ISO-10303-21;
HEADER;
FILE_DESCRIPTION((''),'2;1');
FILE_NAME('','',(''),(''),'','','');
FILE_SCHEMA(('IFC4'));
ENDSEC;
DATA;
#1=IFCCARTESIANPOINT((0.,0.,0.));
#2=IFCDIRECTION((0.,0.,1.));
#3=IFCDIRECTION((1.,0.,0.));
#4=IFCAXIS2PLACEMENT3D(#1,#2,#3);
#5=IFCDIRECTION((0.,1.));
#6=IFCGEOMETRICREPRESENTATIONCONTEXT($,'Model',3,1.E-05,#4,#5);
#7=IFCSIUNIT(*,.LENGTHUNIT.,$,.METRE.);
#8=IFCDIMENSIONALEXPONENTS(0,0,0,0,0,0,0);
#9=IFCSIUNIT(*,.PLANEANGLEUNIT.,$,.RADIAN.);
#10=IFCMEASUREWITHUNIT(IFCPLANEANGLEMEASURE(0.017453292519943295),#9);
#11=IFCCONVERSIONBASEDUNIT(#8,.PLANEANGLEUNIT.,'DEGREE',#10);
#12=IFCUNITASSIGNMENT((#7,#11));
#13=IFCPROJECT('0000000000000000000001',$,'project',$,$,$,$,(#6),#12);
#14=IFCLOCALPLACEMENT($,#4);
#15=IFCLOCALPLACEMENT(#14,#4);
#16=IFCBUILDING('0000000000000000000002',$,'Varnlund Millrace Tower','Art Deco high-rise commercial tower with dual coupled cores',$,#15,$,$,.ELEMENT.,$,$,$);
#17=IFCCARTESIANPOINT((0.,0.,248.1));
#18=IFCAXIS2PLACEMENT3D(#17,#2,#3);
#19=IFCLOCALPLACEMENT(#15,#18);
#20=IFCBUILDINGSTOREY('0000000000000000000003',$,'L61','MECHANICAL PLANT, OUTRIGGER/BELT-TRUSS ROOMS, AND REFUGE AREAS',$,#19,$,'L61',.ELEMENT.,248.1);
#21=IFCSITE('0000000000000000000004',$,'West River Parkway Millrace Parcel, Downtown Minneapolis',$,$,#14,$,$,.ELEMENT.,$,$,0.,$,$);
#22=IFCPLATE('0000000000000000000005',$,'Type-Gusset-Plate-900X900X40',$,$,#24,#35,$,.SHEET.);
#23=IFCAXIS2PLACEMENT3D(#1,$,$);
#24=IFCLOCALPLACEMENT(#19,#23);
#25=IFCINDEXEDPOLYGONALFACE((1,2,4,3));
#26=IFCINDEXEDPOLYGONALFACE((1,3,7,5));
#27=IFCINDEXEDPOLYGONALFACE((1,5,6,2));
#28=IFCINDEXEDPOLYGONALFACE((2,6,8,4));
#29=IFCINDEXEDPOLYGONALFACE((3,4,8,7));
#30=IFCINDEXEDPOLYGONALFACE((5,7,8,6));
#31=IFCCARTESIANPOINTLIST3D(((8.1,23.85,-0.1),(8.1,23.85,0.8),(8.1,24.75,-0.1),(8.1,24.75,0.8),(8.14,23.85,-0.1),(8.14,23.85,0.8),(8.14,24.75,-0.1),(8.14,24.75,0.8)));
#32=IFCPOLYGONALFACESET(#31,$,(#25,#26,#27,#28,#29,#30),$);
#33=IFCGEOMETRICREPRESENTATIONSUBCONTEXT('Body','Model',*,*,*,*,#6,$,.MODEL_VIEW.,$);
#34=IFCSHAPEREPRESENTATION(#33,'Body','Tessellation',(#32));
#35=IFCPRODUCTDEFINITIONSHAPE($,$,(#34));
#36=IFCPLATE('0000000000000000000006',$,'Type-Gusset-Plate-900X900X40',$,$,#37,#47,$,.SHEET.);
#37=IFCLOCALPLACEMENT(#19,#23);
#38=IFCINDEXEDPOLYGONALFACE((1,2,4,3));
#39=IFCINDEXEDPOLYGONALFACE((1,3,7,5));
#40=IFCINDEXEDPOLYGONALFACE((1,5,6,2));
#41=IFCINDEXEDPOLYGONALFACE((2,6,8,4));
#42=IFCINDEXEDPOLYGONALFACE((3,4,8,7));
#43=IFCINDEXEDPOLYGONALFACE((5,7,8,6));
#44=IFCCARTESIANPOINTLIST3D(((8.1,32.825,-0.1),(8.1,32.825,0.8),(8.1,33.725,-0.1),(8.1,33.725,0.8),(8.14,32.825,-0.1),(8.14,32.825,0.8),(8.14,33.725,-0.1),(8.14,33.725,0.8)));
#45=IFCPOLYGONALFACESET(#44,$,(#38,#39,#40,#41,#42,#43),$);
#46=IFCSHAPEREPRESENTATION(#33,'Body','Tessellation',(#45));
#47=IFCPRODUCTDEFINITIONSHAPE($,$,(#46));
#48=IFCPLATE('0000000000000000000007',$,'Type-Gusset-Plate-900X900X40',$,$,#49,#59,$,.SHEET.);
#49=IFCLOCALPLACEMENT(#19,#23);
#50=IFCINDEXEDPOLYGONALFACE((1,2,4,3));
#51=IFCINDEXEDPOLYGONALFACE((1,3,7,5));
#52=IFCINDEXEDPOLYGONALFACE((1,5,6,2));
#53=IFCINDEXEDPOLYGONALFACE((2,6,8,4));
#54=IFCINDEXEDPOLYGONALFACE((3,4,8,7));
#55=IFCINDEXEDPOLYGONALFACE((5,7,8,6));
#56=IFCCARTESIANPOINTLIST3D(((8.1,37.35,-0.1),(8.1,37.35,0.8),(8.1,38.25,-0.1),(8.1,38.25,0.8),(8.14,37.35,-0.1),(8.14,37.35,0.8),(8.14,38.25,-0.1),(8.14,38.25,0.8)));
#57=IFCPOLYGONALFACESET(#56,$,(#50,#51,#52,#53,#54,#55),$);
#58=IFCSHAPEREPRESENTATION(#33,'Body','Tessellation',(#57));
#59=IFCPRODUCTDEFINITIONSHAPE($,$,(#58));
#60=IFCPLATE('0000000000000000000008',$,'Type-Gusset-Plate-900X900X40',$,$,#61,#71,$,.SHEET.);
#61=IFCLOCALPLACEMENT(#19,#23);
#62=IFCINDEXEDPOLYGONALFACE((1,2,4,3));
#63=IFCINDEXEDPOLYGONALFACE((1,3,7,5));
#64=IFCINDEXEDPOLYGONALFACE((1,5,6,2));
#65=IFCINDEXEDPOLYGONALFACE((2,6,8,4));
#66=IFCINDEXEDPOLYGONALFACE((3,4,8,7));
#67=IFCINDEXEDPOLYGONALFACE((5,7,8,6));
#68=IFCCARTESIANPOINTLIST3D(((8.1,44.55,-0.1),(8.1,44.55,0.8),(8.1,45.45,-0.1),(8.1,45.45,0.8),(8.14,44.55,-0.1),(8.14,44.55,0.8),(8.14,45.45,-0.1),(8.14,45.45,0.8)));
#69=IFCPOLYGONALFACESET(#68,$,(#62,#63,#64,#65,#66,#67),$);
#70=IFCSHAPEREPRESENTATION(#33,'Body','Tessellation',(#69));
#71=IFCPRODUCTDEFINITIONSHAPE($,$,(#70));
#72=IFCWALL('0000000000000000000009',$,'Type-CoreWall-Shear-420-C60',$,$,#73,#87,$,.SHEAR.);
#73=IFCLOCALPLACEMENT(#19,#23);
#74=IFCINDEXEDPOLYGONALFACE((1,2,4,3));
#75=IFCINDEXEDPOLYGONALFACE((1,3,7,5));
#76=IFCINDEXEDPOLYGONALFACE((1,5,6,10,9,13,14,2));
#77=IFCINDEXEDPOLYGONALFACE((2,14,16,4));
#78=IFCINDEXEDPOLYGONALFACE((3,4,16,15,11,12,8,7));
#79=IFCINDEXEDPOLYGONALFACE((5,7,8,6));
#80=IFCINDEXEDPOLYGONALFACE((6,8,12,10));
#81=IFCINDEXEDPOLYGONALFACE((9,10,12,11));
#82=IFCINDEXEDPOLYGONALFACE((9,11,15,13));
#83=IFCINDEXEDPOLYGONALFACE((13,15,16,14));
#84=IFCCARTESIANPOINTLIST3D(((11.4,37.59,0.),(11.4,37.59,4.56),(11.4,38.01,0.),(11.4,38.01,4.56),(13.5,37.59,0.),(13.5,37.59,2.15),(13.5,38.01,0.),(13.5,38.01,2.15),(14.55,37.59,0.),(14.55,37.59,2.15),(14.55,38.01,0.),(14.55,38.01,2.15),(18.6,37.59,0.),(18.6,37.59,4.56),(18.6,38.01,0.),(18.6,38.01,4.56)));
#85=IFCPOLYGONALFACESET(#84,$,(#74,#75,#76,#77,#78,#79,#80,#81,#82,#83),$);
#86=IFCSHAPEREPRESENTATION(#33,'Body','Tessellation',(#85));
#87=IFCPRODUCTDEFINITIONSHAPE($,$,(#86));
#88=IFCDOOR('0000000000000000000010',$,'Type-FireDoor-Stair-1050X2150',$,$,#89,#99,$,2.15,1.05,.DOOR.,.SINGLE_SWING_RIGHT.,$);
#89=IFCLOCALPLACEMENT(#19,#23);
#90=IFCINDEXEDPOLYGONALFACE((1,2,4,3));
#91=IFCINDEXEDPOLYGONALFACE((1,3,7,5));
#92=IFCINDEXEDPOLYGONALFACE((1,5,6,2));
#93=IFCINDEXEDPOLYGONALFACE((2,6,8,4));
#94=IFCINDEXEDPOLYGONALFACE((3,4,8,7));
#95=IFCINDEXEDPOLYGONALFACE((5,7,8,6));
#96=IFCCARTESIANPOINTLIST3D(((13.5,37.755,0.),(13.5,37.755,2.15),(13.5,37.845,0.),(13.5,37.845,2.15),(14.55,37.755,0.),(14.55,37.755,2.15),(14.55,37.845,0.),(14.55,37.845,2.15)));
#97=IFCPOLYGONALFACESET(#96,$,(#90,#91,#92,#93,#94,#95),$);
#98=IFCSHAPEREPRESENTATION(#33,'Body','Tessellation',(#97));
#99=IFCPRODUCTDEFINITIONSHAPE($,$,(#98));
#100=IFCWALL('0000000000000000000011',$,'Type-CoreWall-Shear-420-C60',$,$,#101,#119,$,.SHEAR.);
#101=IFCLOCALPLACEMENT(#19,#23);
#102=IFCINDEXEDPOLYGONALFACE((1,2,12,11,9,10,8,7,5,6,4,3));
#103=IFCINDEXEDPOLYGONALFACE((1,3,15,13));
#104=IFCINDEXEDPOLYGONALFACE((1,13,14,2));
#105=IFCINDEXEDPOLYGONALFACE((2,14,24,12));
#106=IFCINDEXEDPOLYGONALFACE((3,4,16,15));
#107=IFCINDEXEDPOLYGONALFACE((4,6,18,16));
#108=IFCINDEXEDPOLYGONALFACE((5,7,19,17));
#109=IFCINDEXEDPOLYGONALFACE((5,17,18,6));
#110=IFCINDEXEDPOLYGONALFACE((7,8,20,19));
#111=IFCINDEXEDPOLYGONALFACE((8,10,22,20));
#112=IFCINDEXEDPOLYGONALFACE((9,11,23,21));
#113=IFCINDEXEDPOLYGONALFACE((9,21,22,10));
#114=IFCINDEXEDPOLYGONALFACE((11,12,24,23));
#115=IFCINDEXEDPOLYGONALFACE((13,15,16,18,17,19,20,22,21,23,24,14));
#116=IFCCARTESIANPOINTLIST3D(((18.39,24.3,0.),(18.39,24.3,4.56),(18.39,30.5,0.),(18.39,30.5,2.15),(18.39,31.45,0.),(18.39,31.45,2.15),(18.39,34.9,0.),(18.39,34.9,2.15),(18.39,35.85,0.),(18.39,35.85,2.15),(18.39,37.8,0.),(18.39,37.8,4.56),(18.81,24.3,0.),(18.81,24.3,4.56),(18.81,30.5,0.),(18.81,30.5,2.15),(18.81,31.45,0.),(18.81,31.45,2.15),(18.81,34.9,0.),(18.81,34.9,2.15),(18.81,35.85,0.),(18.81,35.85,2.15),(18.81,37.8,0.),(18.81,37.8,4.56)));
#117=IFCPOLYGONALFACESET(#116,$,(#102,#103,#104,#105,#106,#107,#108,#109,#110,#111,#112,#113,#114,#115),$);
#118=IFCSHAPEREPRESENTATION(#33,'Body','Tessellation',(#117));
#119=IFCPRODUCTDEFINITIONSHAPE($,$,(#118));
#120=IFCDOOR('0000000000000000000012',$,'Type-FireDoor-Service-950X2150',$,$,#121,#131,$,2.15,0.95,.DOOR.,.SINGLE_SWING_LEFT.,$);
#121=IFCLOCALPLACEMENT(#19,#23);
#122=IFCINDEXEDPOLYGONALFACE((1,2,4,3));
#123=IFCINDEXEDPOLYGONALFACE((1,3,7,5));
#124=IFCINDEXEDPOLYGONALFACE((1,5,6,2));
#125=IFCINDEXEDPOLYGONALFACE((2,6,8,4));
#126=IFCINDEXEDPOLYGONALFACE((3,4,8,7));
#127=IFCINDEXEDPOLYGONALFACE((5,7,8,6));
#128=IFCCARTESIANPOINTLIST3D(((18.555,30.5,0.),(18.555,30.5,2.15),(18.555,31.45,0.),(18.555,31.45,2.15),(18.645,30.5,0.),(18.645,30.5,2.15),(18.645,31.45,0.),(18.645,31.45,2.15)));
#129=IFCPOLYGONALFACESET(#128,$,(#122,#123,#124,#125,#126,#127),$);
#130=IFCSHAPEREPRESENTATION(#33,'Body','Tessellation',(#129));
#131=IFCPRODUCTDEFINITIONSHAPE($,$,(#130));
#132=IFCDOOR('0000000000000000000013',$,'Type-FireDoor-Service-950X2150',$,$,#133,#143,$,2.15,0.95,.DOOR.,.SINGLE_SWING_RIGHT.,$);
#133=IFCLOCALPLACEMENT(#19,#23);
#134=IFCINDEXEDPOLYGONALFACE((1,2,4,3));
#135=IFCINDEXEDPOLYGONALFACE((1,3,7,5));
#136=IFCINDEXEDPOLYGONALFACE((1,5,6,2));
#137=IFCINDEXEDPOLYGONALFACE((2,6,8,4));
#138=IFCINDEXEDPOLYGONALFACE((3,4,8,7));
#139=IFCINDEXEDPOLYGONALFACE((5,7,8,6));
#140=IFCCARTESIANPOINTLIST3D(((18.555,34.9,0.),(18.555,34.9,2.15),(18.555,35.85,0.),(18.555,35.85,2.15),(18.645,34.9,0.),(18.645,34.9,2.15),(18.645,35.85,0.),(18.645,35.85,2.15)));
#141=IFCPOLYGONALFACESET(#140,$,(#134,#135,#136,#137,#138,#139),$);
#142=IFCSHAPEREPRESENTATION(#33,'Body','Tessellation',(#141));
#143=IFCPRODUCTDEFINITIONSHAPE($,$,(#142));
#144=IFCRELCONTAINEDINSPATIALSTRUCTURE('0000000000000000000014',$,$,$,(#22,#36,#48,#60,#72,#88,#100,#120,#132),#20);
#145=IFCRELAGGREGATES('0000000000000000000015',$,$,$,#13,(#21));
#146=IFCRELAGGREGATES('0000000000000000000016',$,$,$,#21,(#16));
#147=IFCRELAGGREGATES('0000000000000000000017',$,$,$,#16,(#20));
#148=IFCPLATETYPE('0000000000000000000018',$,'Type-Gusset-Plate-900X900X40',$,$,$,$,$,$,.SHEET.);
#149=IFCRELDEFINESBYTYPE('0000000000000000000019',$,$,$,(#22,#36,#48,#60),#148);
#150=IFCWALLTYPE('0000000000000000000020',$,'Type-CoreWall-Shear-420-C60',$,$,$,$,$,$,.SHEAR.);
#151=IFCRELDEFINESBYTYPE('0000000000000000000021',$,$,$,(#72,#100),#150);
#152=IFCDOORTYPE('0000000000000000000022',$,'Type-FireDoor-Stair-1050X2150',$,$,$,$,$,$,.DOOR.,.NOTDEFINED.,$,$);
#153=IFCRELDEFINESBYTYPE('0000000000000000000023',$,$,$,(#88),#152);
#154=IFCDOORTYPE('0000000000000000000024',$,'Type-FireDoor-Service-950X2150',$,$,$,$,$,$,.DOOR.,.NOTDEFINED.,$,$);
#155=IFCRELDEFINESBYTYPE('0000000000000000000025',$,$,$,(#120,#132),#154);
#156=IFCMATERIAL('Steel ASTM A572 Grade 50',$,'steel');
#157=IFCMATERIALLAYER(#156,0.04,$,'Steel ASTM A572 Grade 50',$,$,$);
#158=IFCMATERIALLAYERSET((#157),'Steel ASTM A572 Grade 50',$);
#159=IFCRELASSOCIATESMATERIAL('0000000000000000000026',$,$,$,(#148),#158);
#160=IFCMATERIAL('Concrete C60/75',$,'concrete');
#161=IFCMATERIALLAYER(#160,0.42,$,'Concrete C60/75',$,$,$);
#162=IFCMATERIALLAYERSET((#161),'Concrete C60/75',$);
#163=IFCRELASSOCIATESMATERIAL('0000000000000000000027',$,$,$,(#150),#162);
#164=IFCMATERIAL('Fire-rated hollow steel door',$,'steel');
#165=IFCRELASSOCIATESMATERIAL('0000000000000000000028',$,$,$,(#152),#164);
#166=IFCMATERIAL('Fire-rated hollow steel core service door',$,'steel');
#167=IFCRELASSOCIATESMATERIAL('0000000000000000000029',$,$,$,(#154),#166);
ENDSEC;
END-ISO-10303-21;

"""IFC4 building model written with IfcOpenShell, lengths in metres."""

from ifc_helpers import new_model, entity, si_unit, converted_unit, direction, frame, origin_with_axes, origin_2d_with_axis, place, context, subcontext, project, spatial, polyline, rectangle, outline, extrude, material, layer, layer_set, type_object, element, fill, save


model = new_model("IFC4")

# Units and contexts
model_context = context("Model", 3, precision=1e-05, world=origin_with_axes(), true_north=direction((0.0, 1.0)))
body_context = subcontext(model_context, "Body", "Model", "MODEL_VIEW")
ifc_project = project(units=[si_unit("LENGTHUNIT", "METRE"), converted_unit("PLANEANGLEUNIT", "DEGREE", entity("IfcPlaneAngleMeasure", 0.017453292519943295), si_unit("PLANEANGLEUNIT", "RADIAN"), dimensions=[0, 0, 0, 0, 0, 0, 0])], contexts=[model_context])

# Site, building, storey
site_placement = place(None, origin_with_axes())
site = spatial("IfcSite", under=ifc_project, at=site_placement, Name="West River Parkway Millrace Parcel, Downtown Minneapolis", CompositionType="ELEMENT", RefElevation=0.0)
building_placement = place(site_placement, origin_with_axes())
building = spatial("IfcBuilding", under=site, at=building_placement, Name="Varnlund Millrace Tower", Description="Art Deco high-rise commercial tower with dual coupled cores", CompositionType="ELEMENT")
storey_placement = place(building_placement, frame((0.0, 0.0, 248.1), z_axis=(0.0, 0.0, 1.0), x_axis=(1.0, 0.0, 0.0)))
storey = spatial("IfcBuildingStorey", under=building, at=storey_placement, Name="L61", Description="MECHANICAL PLANT, OUTRIGGER/BELT-TRUSS ROOMS, AND REFUGE AREAS", LongName="L61", CompositionType="ELEMENT", Elevation=248.1)

# Plates
ifc_material_1 = material(Name="Steel ASTM A572 Grade 50", Category="steel")
ifc_layer_1 = layer(ifc_material_1, 0.04, Name="Steel ASTM A572 Grade 50")
ifc_layer_set_1 = layer_set([ifc_layer_1], Name="Steel ASTM A572 Grade 50")
plate_type = type_object("IfcPlateType", Name="Type-Gusset-Plate-900X900X40", PredefinedType="SHEET", material=ifc_layer_set_1)
for number, where, z_axis, x_axis, name in (
    (1, (8.12, 24.3, -0.1), (0.0, 0.0, 1.0), (0.0, 1.0, 0.0), "Type-Gusset-Plate-900X900X40"),
    (2, (8.12, 33.275, -0.1), (0.0, 0.0, 1.0), (0.0, 1.0, 0.0), "Type-Gusset-Plate-900X900X40"),
    (3, (8.12, 37.8, -0.1), (0.0, 0.0, 1.0), (0.0, 1.0, 0.0), "Type-Gusset-Plate-900X900X40"),
    (4, (8.12, 45.0, -0.1), (0.0, 0.0, 1.0), (0.0, 1.0, 0.0), "Type-Gusset-Plate-900X900X40"),
):
    element("IfcPlate", number, at=place(storey_placement, frame(where, z_axis=z_axis, x_axis=x_axis)), inside=storey, type_object=plate_type, Name=name, PredefinedType="SHEET", context=body_context, shape_type="SweptSolid", body=[
        extrude(rectangle(XDim=0.9, YDim=0.04, at=origin_2d_with_axis()), origin_with_axes(), (0.0, 0.0, 1.0), 0.9),
    ])

# Wall, opening, door
ifc_material_2 = material(Name="Concrete C60/75", Category="concrete")
ifc_layer_2 = layer(ifc_material_2, 0.42, Name="Concrete C60/75")
ifc_layer_set_2 = layer_set([ifc_layer_2], Name="Concrete C60/75")
wall_type_1 = type_object("IfcWallType", Name="Type-CoreWall-Shear-420-C60", PredefinedType="SHEAR", material=ifc_layer_set_2)
wall_1_placement = place(storey_placement, frame((11.4, 37.8, 0.0), z_axis=(0.0, 0.0, 1.0), x_axis=(1.0, 0.0, 0.0)))
wall_1 = element("IfcWall", 5, at=wall_1_placement, inside=storey, type_object=wall_type_1, Name="Type-CoreWall-Shear-420-C60", PredefinedType="SHEAR", context=body_context, shape_type="SweptSolid", body=[
    extrude(outline(polyline([(0.0, -0.21), (7.2, -0.21), (7.2, 0.21), (0.0, 0.21), (0.0, -0.21)])), origin_with_axes(), (0.0, 0.0, 1.0), 4.56),
])
opening_1_placement = place(wall_1_placement, frame((2.625, 0.0, 0.0), z_axis=(0.0, 0.0, 1.0), x_axis=(1.0, 0.0, 0.0)))
opening_1 = element("IfcOpeningElement", 6, at=opening_1_placement, cuts=wall_1, PredefinedType="OPENING", context=body_context, shape_type="SweptSolid", body=[
    extrude(rectangle(XDim=1.05, YDim=0.44, at=origin_2d_with_axis()), origin_with_axes(), (0.0, 0.0, 1.0), 2.15),
])
ifc_material_3 = material(Name="Fire-rated hollow steel door", Category="steel")
door_type_1 = type_object("IfcDoorType", Name="Type-FireDoor-Stair-1050X2150", OperationType="NOTDEFINED", PredefinedType="DOOR", material=ifc_material_3)
door_1_placement = place(wall_1_placement, frame((2.625, 0.0, 0.0), z_axis=(0.0, 0.0, 1.0), x_axis=(1.0, 0.0, 0.0)))
door_1 = element("IfcDoor", 7, at=door_1_placement, inside=storey, type_object=door_type_1, Name="Type-FireDoor-Stair-1050X2150", OperationType="SINGLE_SWING_RIGHT", OverallHeight=2.15, OverallWidth=1.05, PredefinedType="DOOR", context=body_context, shape_type="SweptSolid", body=[
    extrude(rectangle(XDim=1.05, YDim=0.09, at=origin_2d_with_axis()), origin_with_axes(), (0.0, 0.0, 1.0), 2.15),
])
fill(opening_1, door_1)

# Wall, openings, doors
wall_2_placement = place(storey_placement, frame((18.6, 24.3, 0.0), z_axis=(0.0, 0.0, 1.0), x_axis=(0.0, 1.0, 0.0)))
wall_2 = element("IfcWall", 8, at=wall_2_placement, inside=storey, type_object=wall_type_1, Name="Type-CoreWall-Shear-420-C60", PredefinedType="SHEAR", context=body_context, shape_type="SweptSolid", body=[
    extrude(outline(polyline([(0.0, -0.21), (13.5, -0.21), (13.5, 0.21), (0.0, 0.21), (0.0, -0.21)])), origin_with_axes(), (0.0, 0.0, 1.0), 4.56),
])
opening_2_placement = place(wall_2_placement, frame((6.675, 0.0, 0.0), z_axis=(0.0, 0.0, 1.0), x_axis=(1.0, 0.0, 0.0)))
opening_2 = element("IfcOpeningElement", 9, at=opening_2_placement, cuts=wall_2, PredefinedType="OPENING", context=body_context, shape_type="SweptSolid", body=[
    extrude(rectangle(XDim=0.95, YDim=0.44, at=origin_2d_with_axis()), origin_with_axes(), (0.0, 0.0, 1.0), 2.15),
])
opening_3_placement = place(wall_2_placement, frame((11.075, 0.0, 0.0), z_axis=(0.0, 0.0, 1.0), x_axis=(1.0, 0.0, 0.0)))
opening_3 = element("IfcOpeningElement", 10, at=opening_3_placement, cuts=wall_2, PredefinedType="OPENING", context=body_context, shape_type="SweptSolid", body=[
    extrude(rectangle(XDim=0.95, YDim=0.44, at=origin_2d_with_axis()), origin_with_axes(), (0.0, 0.0, 1.0), 2.15),
])
ifc_material_4 = material(Name="Fire-rated hollow steel core service door", Category="steel")
door_type_2 = type_object("IfcDoorType", Name="Type-FireDoor-Service-950X2150", OperationType="NOTDEFINED", PredefinedType="DOOR", material=ifc_material_4)
door_2_placement = place(wall_2_placement, frame((6.675, 0.0, 0.0), z_axis=(0.0, 0.0, 1.0), x_axis=(1.0, 0.0, 0.0)))
door_2 = element("IfcDoor", 11, at=door_2_placement, inside=storey, type_object=door_type_2, Name="Type-FireDoor-Service-950X2150", OperationType="SINGLE_SWING_LEFT", OverallHeight=2.15, OverallWidth=0.95, PredefinedType="DOOR", context=body_context, shape_type="SweptSolid", body=[
    extrude(rectangle(XDim=0.95, YDim=0.09, at=origin_2d_with_axis()), origin_with_axes(), (0.0, 0.0, 1.0), 2.15),
])
fill(opening_2, door_2)
door_3_placement = place(wall_2_placement, frame((11.075, 0.0, 0.0), z_axis=(0.0, 0.0, 1.0), x_axis=(1.0, 0.0, 0.0)))
door_3 = element("IfcDoor", 12, at=door_3_placement, inside=storey, type_object=door_type_2, Name="Type-FireDoor-Service-950X2150", OperationType="SINGLE_SWING_RIGHT", OverallHeight=2.15, OverallWidth=0.95, PredefinedType="DOOR", context=body_context, shape_type="SweptSolid", body=[
    extrude(rectangle(XDim=0.95, YDim=0.09, at=origin_2d_with_axis()), origin_with_axes(), (0.0, 0.0, 1.0), 2.15),
])
fill(opening_3, door_3)

save(model, "model.ifc")
